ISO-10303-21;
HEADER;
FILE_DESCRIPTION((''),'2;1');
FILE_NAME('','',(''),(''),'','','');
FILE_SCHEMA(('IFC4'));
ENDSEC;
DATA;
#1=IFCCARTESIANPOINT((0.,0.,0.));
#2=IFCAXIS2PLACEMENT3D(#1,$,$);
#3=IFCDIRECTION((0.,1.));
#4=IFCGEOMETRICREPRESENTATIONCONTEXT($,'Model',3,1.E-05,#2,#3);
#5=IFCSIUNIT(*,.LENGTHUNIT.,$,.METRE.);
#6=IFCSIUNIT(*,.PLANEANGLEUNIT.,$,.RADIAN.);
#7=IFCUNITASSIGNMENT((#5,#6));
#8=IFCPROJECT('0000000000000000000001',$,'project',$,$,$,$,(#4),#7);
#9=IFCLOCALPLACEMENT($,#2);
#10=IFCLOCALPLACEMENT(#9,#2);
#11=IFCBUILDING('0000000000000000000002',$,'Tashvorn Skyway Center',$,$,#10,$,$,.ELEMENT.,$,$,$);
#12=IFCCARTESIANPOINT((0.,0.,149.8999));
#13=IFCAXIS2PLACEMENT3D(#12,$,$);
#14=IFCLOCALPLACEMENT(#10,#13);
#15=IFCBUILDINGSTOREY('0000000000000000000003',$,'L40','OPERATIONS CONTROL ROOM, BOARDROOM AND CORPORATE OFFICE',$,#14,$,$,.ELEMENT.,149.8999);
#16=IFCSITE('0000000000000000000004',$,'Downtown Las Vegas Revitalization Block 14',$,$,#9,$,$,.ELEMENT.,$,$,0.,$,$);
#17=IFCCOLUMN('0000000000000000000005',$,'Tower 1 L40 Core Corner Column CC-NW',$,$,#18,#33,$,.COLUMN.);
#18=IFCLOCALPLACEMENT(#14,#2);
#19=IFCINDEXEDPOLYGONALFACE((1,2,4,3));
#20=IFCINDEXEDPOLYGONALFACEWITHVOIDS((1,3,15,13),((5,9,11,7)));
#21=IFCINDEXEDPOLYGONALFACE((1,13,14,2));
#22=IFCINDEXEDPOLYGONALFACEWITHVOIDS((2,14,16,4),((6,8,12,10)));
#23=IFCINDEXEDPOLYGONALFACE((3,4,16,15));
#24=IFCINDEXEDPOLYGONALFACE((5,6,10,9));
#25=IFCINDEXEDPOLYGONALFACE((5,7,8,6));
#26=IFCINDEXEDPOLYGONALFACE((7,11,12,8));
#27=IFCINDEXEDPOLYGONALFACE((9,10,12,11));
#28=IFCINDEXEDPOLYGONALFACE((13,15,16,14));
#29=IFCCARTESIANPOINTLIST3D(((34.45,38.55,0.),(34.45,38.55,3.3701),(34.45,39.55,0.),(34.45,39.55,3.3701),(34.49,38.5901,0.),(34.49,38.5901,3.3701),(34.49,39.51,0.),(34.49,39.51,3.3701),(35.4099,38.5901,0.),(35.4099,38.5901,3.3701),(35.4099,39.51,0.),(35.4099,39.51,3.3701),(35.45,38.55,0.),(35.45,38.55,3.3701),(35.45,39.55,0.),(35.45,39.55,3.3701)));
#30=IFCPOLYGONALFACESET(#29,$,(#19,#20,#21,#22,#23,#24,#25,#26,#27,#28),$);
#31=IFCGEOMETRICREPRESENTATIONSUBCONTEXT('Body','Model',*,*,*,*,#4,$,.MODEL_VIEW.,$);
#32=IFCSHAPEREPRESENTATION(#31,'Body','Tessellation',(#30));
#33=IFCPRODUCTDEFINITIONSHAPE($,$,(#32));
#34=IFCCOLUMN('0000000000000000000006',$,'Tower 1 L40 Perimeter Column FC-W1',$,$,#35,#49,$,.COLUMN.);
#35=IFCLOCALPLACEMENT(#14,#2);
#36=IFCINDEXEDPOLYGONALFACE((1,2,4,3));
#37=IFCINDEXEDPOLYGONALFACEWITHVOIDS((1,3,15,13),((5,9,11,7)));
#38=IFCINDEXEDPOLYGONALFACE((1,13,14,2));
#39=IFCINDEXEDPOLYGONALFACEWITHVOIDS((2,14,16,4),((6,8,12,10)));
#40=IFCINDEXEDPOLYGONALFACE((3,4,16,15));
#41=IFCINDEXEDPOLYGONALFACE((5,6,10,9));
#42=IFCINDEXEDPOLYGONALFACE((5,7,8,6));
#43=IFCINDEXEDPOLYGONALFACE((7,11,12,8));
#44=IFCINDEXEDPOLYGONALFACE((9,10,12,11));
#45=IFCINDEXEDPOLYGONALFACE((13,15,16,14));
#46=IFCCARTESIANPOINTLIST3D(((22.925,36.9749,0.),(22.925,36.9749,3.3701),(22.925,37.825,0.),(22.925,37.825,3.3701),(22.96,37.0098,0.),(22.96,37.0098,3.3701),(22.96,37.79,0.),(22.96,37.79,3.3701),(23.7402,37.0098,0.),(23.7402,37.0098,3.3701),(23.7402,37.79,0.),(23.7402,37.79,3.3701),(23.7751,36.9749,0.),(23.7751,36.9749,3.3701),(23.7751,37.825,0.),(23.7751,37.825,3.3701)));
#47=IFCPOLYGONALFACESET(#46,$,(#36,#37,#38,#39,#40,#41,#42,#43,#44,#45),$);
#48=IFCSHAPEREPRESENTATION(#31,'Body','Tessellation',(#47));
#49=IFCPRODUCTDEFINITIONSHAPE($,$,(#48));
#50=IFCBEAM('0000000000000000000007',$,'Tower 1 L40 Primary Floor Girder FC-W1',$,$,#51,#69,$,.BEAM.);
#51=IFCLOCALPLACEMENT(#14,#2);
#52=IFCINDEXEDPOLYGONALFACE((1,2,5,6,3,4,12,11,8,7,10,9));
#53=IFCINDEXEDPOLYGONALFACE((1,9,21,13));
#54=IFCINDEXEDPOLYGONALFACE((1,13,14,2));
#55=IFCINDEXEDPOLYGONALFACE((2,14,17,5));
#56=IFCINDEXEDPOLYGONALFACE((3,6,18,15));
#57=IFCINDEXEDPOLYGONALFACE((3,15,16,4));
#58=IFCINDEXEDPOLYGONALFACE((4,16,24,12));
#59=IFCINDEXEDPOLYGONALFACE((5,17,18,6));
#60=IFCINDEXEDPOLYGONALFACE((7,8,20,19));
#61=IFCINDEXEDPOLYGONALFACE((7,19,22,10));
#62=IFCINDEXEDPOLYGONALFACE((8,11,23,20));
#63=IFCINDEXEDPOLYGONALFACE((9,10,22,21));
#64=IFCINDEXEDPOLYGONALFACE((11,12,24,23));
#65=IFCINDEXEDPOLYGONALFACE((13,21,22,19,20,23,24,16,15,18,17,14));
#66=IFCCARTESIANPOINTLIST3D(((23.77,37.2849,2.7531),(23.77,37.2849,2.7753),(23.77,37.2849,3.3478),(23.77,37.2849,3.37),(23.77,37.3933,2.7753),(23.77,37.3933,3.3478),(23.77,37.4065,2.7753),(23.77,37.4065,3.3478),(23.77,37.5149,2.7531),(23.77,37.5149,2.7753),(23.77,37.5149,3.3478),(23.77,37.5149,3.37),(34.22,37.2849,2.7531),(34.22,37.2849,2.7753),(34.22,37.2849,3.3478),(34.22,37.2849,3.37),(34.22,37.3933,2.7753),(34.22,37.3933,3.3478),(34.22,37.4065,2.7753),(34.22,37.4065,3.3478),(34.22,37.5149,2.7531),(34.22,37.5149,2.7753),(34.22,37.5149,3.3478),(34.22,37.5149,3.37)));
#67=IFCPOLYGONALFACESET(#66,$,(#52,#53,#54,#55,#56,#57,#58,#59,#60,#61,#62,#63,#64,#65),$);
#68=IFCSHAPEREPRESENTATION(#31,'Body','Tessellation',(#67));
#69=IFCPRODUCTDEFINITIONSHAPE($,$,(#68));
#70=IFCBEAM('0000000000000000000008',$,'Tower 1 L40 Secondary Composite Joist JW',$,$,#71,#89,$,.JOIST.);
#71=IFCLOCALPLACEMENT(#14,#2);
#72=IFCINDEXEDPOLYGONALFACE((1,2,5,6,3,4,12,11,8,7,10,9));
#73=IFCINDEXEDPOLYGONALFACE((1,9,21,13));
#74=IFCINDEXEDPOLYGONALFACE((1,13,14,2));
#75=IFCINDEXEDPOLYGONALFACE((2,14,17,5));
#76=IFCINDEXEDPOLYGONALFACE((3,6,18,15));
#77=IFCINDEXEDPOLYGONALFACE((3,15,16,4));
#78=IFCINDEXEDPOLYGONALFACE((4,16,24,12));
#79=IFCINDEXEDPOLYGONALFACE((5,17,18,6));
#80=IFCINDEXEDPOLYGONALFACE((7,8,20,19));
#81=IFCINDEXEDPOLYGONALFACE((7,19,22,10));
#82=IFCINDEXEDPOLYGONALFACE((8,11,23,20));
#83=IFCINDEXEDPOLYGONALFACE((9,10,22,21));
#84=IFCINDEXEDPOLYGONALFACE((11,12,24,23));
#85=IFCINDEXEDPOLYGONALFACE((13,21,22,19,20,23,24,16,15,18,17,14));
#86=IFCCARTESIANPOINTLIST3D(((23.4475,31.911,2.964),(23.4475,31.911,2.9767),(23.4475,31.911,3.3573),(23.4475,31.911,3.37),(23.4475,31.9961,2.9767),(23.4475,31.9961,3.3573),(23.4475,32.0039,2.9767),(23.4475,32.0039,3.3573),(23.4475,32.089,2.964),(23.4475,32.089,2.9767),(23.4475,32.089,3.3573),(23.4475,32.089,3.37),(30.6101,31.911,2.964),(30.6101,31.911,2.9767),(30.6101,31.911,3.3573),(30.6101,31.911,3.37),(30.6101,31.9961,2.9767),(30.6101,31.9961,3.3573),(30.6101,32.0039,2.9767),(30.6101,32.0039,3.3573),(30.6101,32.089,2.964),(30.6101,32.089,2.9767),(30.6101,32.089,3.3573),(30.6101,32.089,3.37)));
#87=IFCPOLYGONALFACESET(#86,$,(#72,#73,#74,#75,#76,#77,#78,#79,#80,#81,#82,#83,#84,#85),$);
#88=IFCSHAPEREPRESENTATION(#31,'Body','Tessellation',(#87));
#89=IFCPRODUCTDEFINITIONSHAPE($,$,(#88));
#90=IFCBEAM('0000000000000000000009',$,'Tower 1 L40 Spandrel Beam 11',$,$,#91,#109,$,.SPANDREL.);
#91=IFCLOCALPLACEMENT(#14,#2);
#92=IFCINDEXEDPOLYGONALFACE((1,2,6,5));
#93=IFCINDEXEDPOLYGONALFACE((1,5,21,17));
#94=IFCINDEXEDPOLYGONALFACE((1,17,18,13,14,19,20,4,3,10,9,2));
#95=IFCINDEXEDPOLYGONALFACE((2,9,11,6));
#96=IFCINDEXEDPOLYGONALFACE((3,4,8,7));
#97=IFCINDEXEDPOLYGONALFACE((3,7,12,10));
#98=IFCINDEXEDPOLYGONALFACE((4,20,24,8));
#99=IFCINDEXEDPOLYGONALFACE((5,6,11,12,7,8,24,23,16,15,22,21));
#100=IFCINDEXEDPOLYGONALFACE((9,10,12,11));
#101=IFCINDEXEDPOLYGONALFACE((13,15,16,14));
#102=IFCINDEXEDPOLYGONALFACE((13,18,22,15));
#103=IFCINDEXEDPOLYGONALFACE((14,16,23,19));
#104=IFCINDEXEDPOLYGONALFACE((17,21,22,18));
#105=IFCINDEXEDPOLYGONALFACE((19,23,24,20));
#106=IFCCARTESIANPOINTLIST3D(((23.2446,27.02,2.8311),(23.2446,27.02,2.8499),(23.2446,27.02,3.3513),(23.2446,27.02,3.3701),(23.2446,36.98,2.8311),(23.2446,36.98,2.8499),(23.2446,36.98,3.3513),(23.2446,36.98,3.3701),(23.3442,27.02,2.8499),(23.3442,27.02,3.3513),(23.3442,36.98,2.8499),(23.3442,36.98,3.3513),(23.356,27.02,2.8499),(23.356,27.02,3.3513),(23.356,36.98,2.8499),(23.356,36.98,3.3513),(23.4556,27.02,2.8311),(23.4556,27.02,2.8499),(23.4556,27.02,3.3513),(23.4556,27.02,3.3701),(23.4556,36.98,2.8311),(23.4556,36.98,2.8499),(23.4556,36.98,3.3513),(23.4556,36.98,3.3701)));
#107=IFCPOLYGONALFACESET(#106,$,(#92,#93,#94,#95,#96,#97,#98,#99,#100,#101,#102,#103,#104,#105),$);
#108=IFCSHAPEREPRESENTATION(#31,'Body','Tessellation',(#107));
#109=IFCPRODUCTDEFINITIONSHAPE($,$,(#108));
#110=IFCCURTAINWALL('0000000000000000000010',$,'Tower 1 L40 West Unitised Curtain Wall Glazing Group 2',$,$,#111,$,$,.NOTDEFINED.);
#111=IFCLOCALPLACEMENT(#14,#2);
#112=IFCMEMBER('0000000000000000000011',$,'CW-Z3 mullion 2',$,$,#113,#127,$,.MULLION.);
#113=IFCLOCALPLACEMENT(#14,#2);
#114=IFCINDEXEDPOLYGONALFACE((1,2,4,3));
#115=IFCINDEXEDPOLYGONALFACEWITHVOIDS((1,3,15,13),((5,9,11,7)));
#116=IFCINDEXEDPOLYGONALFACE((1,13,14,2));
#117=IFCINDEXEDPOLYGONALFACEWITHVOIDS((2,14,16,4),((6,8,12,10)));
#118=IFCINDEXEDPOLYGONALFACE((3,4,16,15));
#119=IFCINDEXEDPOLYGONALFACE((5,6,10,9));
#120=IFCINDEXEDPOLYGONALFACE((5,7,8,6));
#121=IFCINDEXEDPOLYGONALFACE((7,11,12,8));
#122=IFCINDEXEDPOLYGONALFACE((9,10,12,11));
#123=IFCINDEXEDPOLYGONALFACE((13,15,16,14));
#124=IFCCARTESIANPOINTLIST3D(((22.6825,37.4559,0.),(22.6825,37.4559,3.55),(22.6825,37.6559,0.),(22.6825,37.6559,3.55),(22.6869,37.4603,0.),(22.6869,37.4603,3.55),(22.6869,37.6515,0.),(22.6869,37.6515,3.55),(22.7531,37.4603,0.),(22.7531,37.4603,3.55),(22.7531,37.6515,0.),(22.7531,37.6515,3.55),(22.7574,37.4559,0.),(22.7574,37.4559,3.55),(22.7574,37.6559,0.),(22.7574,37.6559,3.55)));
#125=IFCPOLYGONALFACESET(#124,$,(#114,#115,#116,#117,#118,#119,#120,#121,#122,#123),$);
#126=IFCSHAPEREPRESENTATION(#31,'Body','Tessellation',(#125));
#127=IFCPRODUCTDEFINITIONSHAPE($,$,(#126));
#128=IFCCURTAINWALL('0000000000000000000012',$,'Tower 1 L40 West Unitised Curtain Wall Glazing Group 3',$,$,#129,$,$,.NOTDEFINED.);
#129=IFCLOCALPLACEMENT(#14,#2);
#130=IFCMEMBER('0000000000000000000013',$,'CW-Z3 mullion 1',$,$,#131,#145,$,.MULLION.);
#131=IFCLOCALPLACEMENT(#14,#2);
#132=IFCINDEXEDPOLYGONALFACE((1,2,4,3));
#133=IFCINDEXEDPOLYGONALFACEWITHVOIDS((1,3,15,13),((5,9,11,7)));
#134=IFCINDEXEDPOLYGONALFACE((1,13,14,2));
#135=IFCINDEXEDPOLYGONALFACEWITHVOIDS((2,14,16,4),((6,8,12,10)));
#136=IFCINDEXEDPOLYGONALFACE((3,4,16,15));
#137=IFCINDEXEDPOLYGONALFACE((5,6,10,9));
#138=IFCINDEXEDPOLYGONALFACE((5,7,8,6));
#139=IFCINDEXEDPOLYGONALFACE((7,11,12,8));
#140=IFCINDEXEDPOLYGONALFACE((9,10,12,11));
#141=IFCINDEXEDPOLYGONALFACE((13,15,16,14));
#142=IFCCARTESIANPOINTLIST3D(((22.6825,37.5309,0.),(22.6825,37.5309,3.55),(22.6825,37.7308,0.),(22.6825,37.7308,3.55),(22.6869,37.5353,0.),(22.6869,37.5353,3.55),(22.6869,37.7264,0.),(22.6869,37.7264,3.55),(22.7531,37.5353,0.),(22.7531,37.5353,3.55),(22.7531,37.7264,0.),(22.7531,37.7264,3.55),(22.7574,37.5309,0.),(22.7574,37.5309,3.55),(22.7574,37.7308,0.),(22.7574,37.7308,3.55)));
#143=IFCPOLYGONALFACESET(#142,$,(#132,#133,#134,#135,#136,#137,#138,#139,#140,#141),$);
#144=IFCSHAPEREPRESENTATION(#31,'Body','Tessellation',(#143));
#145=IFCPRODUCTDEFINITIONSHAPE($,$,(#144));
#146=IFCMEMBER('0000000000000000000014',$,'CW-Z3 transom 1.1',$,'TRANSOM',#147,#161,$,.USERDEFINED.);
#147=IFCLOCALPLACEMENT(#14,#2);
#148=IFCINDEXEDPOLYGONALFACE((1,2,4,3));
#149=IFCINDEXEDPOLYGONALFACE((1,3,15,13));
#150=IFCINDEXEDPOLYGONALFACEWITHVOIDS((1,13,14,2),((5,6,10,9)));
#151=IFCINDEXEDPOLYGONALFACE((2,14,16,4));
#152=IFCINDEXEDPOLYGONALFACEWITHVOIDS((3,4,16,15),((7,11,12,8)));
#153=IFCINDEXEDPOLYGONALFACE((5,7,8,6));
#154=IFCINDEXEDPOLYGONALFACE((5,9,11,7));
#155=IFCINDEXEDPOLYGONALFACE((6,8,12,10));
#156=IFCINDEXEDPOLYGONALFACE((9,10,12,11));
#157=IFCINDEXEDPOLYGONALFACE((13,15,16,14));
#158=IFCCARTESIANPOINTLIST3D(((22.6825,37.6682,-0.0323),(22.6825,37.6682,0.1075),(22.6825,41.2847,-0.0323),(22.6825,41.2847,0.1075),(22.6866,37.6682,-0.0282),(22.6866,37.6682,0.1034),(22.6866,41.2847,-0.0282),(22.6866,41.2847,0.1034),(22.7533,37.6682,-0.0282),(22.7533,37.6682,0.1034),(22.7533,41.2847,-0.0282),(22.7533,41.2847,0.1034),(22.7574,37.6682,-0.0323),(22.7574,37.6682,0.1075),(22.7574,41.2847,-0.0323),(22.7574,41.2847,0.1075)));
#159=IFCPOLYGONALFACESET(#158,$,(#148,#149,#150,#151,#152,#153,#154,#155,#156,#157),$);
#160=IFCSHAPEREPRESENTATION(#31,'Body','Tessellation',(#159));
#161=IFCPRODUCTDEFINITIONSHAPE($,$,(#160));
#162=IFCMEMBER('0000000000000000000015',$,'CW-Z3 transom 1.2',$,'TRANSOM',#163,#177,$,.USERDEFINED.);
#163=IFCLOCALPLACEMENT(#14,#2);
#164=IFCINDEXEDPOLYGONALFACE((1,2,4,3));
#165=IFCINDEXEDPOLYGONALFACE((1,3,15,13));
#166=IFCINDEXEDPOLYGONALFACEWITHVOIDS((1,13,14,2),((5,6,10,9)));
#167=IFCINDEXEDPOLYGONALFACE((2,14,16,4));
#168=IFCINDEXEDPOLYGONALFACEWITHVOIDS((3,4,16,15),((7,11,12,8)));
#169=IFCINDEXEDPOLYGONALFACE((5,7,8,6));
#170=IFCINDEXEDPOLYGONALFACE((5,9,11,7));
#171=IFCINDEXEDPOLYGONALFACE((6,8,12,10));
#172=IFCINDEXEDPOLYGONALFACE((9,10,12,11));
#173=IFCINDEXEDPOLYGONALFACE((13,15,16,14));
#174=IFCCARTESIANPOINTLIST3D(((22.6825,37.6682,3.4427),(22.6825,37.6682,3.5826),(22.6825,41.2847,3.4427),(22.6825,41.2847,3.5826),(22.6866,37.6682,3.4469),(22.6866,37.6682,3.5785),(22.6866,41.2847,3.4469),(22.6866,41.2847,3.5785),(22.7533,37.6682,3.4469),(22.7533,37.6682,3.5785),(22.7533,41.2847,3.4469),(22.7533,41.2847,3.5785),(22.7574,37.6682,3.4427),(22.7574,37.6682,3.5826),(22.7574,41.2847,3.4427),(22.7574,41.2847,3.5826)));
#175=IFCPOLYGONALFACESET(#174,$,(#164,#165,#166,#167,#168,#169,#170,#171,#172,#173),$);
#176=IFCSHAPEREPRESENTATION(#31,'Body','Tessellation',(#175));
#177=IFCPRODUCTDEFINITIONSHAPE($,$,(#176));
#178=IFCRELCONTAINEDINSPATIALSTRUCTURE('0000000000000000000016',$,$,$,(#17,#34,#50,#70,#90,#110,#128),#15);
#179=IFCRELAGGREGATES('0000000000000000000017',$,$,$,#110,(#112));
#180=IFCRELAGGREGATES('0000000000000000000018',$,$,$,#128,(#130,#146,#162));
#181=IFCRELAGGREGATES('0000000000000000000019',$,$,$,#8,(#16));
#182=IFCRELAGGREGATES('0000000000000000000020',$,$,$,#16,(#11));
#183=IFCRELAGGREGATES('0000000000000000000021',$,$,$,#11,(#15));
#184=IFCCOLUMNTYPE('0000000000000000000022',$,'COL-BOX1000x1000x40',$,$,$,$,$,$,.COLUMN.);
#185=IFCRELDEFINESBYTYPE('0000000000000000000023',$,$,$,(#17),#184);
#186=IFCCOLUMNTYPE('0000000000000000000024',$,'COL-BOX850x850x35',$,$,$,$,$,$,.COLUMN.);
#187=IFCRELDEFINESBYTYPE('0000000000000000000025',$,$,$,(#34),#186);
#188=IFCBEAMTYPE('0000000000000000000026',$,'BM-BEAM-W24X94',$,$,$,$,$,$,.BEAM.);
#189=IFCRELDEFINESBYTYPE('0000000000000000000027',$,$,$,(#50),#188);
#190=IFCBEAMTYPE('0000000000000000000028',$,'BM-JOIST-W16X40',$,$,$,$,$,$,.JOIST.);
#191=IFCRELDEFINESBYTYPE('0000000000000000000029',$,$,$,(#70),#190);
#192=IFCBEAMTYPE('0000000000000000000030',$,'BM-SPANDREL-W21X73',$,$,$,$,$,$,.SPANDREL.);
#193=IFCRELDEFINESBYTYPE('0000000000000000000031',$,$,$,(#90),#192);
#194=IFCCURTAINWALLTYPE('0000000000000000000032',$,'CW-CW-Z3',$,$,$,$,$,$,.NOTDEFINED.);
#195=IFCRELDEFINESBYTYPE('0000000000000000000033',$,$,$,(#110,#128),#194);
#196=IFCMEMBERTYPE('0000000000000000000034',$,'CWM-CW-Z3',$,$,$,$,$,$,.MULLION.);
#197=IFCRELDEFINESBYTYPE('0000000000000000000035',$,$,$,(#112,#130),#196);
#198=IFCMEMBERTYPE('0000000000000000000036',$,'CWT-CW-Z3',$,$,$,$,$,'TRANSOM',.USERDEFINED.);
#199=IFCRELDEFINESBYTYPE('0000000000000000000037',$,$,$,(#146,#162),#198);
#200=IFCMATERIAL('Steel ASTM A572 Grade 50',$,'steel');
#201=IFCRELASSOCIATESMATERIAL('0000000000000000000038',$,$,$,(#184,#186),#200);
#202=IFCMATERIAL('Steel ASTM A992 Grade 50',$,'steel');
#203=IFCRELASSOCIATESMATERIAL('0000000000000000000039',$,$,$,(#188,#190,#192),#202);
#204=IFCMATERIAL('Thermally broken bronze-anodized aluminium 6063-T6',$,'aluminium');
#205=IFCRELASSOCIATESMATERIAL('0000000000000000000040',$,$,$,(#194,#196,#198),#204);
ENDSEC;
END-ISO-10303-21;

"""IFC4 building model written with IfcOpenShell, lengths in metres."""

from ifc_helpers import new_model, si_unit, direction, frame, origin, origin_2d, place, context, subcontext, project, spatial, hollow_rectangle, i_section, extrude, material, material_profile, profile_set, type_object, element, aggregate, save


model = new_model("IFC4")

# Units and contexts
model_context = context("Model", 3, precision=1e-05, world=origin(), true_north=direction((0.0, 1.0)))
body_context = subcontext(model_context, "Body", "Model", "MODEL_VIEW")
ifc_project = project(units=[si_unit("LENGTHUNIT", "METRE"), si_unit("PLANEANGLEUNIT", "RADIAN")], contexts=[model_context])

# Site, building, storey
site_placement = place(None, origin())
site = spatial("IfcSite", under=ifc_project, at=site_placement, Name="Downtown Las Vegas Revitalization Block 14", CompositionType="ELEMENT", RefElevation=0.0)
building_placement = place(site_placement, origin())
building = spatial("IfcBuilding", under=site, at=building_placement, Name="Tashvorn Skyway Center", CompositionType="ELEMENT")
storey_placement = place(building_placement, frame((0.0, 0.0, 149.8999)))
storey = spatial("IfcBuildingStorey", under=building, at=storey_placement, Name="L40", Description="OPERATIONS CONTROL ROOM, BOARDROOM AND CORPORATE OFFICE", CompositionType="ELEMENT", Elevation=149.8999)

# Columns
ifc_material_1 = material(Name="Steel ASTM A572 Grade 50", Category="steel")
ifc_material_profile_1 = material_profile(ifc_material_1, hollow_rectangle(XDim=1.0, YDim=1.0, WallThickness=0.04, at=origin_2d()), Name="BOX1000x1000x40")
ifc_profile_set_1 = profile_set([ifc_material_profile_1], Name="Steel ASTM A572 Grade 50")
column_type_1 = type_object("IfcColumnType", Name="COL-BOX1000x1000x40", PredefinedType="COLUMN", material=ifc_profile_set_1)
column_1_placement = place(storey_placement, frame((34.95, 39.05, 0.0), z_axis=(0.0, 0.0, 1.0), x_axis=(1.0, 0.0, 0.0)))
element("IfcColumn", 1, at=column_1_placement, inside=storey, type_object=column_type_1, Name="Tower 1 L40 Core Corner Column CC-NW", PredefinedType="COLUMN", context=body_context, shape_type="SweptSolid", body=[
    extrude(hollow_rectangle(XDim=1.0, YDim=1.0, WallThickness=0.04, at=origin_2d()), origin(), (0.0, 0.0, 1.0), 3.3701),
])
ifc_material_profile_2 = material_profile(ifc_material_1, hollow_rectangle(XDim=0.8501, YDim=0.8501, WallThickness=0.0349, at=origin_2d()), Name="BOX850x850x35")
ifc_profile_set_2 = profile_set([ifc_material_profile_2], Name="Steel ASTM A572 Grade 50")
column_type_2 = type_object("IfcColumnType", Name="COL-BOX850x850x35", PredefinedType="COLUMN", material=ifc_profile_set_2)
column_2_placement = place(storey_placement, frame((23.3501, 37.3999, 0.0), z_axis=(0.0, 0.0, 1.0), x_axis=(1.0, 0.0, 0.0)))
element("IfcColumn", 2, at=column_2_placement, inside=storey, type_object=column_type_2, Name="Tower 1 L40 Perimeter Column FC-W1", PredefinedType="COLUMN", context=body_context, shape_type="SweptSolid", body=[
    extrude(hollow_rectangle(XDim=0.8501, YDim=0.8501, WallThickness=0.0349, at=origin_2d()), origin(), (0.0, 0.0, 1.0), 3.3701),
])

# Beams
ifc_material_2 = material(Name="Steel ASTM A992 Grade 50", Category="steel")
ifc_material_profile_3 = material_profile(ifc_material_2, i_section(OverallWidth=0.23, OverallDepth=0.6169, WebThickness=0.0132, FlangeThickness=0.0222, at=origin_2d()), Name="W24X94")
ifc_profile_set_3 = profile_set([ifc_material_profile_3], Name="Steel ASTM A992 Grade 50")
beam_type_1 = type_object("IfcBeamType", Name="BM-BEAM-W24X94", PredefinedType="BEAM", material=ifc_profile_set_3)
beam_1_placement = place(storey_placement, frame((23.77, 37.3999, 3.0615), z_axis=(1.0, 0.0, 0.0), x_axis=(0.0, 1.0, 0.0)))
element("IfcBeam", 3, at=beam_1_placement, inside=storey, type_object=beam_type_1, Name="Tower 1 L40 Primary Floor Girder FC-W1", PredefinedType="BEAM", context=body_context, shape_type="SweptSolid", body=[
    extrude(i_section(OverallWidth=0.23, OverallDepth=0.6169, WebThickness=0.0132, FlangeThickness=0.0222, at=origin_2d()), origin(), (0.0, 0.0, 1.0), 10.45),
])
ifc_material_profile_4 = material_profile(ifc_material_2, i_section(OverallWidth=0.178, OverallDepth=0.406, WebThickness=0.0078, FlangeThickness=0.0127, at=origin_2d()), Name="W16X40")
ifc_profile_set_4 = profile_set([ifc_material_profile_4], Name="Steel ASTM A992 Grade 50")
beam_type_2 = type_object("IfcBeamType", Name="BM-JOIST-W16X40", PredefinedType="JOIST", material=ifc_profile_set_4)
beam_2_placement = place(storey_placement, frame((30.6101, 32.0, 3.167), z_axis=(-1.0, 0.0, 0.0), x_axis=(0.0, -1.0, 0.0)))
element("IfcBeam", 4, at=beam_2_placement, inside=storey, type_object=beam_type_2, Name="Tower 1 L40 Secondary Composite Joist JW", PredefinedType="JOIST", context=body_context, shape_type="SweptSolid", body=[
    extrude(i_section(OverallWidth=0.178, OverallDepth=0.406, WebThickness=0.0078, FlangeThickness=0.0127, at=origin_2d()), origin(), (0.0, 0.0, 1.0), 7.1626),
])
ifc_material_profile_5 = material_profile(ifc_material_2, i_section(OverallWidth=0.2109, OverallDepth=0.5391, WebThickness=0.0117, FlangeThickness=0.0188, at=origin_2d()), Name="W21X73")
ifc_profile_set_5 = profile_set([ifc_material_profile_5], Name="Steel ASTM A992 Grade 50")
beam_type_3 = type_object("IfcBeamType", Name="BM-SPANDREL-W21X73", PredefinedType="SPANDREL", material=ifc_profile_set_5)
beam_3_placement = place(storey_placement, frame((23.3501, 36.98, 3.1006), z_axis=(0.0, -1.0, 0.0), x_axis=(1.0, 0.0, 0.0)))
element("IfcBeam", 5, at=beam_3_placement, inside=storey, type_object=beam_type_3, Name="Tower 1 L40 Spandrel Beam 11", PredefinedType="SPANDREL", context=body_context, shape_type="SweptSolid", body=[
    extrude(i_section(OverallWidth=0.2109, OverallDepth=0.5391, WebThickness=0.0117, FlangeThickness=0.0188, at=origin_2d()), origin(), (0.0, 0.0, 1.0), 9.96),
])

# Curtain wall, member
ifc_material_3 = material(Name="Thermally broken bronze-anodized aluminium 6063-T6", Category="aluminium")
curtain_wall_type = type_object("IfcCurtainWallType", Name="CW-CW-Z3", PredefinedType="NOTDEFINED", material=ifc_material_3)
curtain_wall_1_placement = place(storey_placement, origin())
curtain_wall_1 = element("IfcCurtainWall", 6, at=curtain_wall_1_placement, inside=storey, type_object=curtain_wall_type, Name="Tower 1 L40 West Unitised Curtain Wall Glazing Group 2", PredefinedType="NOTDEFINED")
ifc_material_profile_6 = material_profile(ifc_material_3, hollow_rectangle(XDim=0.075, YDim=0.2, WallThickness=0.0044, at=origin_2d()), Name="ALU-MULL-75x200")
ifc_profile_set_6 = profile_set([ifc_material_profile_6], Name="Thermally broken bronze-anodized aluminium 6063-T6")
member_type_1 = type_object("IfcMemberType", Name="CWM-CW-Z3", PredefinedType="MULLION", material=ifc_profile_set_6)
member_1_placement = place(storey_placement, frame((22.72, 37.5559, 0.0), z_axis=(0.0, 0.0, 1.0), x_axis=(-1.0, 0.0, 0.0)))
member_1 = element("IfcMember", 7, at=member_1_placement, type_object=member_type_1, Name="CW-Z3 mullion 2", PredefinedType="MULLION", context=body_context, shape_type="SweptSolid", body=[
    extrude(hollow_rectangle(XDim=0.075, YDim=0.2, WallThickness=0.0044, at=origin_2d()), origin(), (0.0, 0.0, 1.0), 3.55),
])

# Curtain wall, members
curtain_wall_2_placement = place(storey_placement, origin())
curtain_wall_2 = element("IfcCurtainWall", 8, at=curtain_wall_2_placement, inside=storey, type_object=curtain_wall_type, Name="Tower 1 L40 West Unitised Curtain Wall Glazing Group 3", PredefinedType="NOTDEFINED")
member_2_placement = place(storey_placement, frame((22.72, 37.6309, 0.0), z_axis=(0.0, 0.0, 1.0), x_axis=(-1.0, 0.0, 0.0)))
member_2 = element("IfcMember", 9, at=member_2_placement, type_object=member_type_1, Name="CW-Z3 mullion 1", PredefinedType="MULLION", context=body_context, shape_type="SweptSolid", body=[
    extrude(hollow_rectangle(XDim=0.075, YDim=0.2, WallThickness=0.0044, at=origin_2d()), origin(), (0.0, 0.0, 1.0), 3.55),
])
ifc_material_profile_7 = material_profile(ifc_material_3, hollow_rectangle(XDim=0.075, YDim=0.1399, WallThickness=0.0042, at=origin_2d()), Name="ALU-TRAN-75x140")
ifc_profile_set_7 = profile_set([ifc_material_profile_7], Name="Thermally broken bronze-anodized aluminium 6063-T6")
member_type_2 = type_object("IfcMemberType", Name="CWT-CW-Z3", ElementType="TRANSOM", PredefinedType="USERDEFINED", material=ifc_profile_set_7)
member_3_placement = place(storey_placement, frame((22.72, 37.6682, 0.0376), z_axis=(0.0, 1.0, 0.0), x_axis=(-1.0, 0.0, 0.0)))
member_3 = element("IfcMember", 10, at=member_3_placement, type_object=member_type_2, Name="CW-Z3 transom 1.1", ObjectType="TRANSOM", PredefinedType="USERDEFINED", context=body_context, shape_type="SweptSolid", body=[
    extrude(hollow_rectangle(XDim=0.075, YDim=0.1399, WallThickness=0.0042, at=origin_2d()), origin(), (0.0, 0.0, 1.0), 3.6165),
])
member_4_placement = place(storey_placement, frame((22.72, 37.6682, 3.5127), z_axis=(0.0, 1.0, 0.0), x_axis=(-1.0, 0.0, 0.0)))
member_4 = element("IfcMember", 11, at=member_4_placement, type_object=member_type_2, Name="CW-Z3 transom 1.2", ObjectType="TRANSOM", PredefinedType="USERDEFINED", context=body_context, shape_type="SweptSolid", body=[
    extrude(hollow_rectangle(XDim=0.075, YDim=0.1399, WallThickness=0.0042, at=origin_2d()), origin(), (0.0, 0.0, 1.0), 3.6165),
])

aggregate(curtain_wall_1, [member_1])
aggregate(curtain_wall_2, [member_2, member_3, member_4])

save(model, "model.ifc")
